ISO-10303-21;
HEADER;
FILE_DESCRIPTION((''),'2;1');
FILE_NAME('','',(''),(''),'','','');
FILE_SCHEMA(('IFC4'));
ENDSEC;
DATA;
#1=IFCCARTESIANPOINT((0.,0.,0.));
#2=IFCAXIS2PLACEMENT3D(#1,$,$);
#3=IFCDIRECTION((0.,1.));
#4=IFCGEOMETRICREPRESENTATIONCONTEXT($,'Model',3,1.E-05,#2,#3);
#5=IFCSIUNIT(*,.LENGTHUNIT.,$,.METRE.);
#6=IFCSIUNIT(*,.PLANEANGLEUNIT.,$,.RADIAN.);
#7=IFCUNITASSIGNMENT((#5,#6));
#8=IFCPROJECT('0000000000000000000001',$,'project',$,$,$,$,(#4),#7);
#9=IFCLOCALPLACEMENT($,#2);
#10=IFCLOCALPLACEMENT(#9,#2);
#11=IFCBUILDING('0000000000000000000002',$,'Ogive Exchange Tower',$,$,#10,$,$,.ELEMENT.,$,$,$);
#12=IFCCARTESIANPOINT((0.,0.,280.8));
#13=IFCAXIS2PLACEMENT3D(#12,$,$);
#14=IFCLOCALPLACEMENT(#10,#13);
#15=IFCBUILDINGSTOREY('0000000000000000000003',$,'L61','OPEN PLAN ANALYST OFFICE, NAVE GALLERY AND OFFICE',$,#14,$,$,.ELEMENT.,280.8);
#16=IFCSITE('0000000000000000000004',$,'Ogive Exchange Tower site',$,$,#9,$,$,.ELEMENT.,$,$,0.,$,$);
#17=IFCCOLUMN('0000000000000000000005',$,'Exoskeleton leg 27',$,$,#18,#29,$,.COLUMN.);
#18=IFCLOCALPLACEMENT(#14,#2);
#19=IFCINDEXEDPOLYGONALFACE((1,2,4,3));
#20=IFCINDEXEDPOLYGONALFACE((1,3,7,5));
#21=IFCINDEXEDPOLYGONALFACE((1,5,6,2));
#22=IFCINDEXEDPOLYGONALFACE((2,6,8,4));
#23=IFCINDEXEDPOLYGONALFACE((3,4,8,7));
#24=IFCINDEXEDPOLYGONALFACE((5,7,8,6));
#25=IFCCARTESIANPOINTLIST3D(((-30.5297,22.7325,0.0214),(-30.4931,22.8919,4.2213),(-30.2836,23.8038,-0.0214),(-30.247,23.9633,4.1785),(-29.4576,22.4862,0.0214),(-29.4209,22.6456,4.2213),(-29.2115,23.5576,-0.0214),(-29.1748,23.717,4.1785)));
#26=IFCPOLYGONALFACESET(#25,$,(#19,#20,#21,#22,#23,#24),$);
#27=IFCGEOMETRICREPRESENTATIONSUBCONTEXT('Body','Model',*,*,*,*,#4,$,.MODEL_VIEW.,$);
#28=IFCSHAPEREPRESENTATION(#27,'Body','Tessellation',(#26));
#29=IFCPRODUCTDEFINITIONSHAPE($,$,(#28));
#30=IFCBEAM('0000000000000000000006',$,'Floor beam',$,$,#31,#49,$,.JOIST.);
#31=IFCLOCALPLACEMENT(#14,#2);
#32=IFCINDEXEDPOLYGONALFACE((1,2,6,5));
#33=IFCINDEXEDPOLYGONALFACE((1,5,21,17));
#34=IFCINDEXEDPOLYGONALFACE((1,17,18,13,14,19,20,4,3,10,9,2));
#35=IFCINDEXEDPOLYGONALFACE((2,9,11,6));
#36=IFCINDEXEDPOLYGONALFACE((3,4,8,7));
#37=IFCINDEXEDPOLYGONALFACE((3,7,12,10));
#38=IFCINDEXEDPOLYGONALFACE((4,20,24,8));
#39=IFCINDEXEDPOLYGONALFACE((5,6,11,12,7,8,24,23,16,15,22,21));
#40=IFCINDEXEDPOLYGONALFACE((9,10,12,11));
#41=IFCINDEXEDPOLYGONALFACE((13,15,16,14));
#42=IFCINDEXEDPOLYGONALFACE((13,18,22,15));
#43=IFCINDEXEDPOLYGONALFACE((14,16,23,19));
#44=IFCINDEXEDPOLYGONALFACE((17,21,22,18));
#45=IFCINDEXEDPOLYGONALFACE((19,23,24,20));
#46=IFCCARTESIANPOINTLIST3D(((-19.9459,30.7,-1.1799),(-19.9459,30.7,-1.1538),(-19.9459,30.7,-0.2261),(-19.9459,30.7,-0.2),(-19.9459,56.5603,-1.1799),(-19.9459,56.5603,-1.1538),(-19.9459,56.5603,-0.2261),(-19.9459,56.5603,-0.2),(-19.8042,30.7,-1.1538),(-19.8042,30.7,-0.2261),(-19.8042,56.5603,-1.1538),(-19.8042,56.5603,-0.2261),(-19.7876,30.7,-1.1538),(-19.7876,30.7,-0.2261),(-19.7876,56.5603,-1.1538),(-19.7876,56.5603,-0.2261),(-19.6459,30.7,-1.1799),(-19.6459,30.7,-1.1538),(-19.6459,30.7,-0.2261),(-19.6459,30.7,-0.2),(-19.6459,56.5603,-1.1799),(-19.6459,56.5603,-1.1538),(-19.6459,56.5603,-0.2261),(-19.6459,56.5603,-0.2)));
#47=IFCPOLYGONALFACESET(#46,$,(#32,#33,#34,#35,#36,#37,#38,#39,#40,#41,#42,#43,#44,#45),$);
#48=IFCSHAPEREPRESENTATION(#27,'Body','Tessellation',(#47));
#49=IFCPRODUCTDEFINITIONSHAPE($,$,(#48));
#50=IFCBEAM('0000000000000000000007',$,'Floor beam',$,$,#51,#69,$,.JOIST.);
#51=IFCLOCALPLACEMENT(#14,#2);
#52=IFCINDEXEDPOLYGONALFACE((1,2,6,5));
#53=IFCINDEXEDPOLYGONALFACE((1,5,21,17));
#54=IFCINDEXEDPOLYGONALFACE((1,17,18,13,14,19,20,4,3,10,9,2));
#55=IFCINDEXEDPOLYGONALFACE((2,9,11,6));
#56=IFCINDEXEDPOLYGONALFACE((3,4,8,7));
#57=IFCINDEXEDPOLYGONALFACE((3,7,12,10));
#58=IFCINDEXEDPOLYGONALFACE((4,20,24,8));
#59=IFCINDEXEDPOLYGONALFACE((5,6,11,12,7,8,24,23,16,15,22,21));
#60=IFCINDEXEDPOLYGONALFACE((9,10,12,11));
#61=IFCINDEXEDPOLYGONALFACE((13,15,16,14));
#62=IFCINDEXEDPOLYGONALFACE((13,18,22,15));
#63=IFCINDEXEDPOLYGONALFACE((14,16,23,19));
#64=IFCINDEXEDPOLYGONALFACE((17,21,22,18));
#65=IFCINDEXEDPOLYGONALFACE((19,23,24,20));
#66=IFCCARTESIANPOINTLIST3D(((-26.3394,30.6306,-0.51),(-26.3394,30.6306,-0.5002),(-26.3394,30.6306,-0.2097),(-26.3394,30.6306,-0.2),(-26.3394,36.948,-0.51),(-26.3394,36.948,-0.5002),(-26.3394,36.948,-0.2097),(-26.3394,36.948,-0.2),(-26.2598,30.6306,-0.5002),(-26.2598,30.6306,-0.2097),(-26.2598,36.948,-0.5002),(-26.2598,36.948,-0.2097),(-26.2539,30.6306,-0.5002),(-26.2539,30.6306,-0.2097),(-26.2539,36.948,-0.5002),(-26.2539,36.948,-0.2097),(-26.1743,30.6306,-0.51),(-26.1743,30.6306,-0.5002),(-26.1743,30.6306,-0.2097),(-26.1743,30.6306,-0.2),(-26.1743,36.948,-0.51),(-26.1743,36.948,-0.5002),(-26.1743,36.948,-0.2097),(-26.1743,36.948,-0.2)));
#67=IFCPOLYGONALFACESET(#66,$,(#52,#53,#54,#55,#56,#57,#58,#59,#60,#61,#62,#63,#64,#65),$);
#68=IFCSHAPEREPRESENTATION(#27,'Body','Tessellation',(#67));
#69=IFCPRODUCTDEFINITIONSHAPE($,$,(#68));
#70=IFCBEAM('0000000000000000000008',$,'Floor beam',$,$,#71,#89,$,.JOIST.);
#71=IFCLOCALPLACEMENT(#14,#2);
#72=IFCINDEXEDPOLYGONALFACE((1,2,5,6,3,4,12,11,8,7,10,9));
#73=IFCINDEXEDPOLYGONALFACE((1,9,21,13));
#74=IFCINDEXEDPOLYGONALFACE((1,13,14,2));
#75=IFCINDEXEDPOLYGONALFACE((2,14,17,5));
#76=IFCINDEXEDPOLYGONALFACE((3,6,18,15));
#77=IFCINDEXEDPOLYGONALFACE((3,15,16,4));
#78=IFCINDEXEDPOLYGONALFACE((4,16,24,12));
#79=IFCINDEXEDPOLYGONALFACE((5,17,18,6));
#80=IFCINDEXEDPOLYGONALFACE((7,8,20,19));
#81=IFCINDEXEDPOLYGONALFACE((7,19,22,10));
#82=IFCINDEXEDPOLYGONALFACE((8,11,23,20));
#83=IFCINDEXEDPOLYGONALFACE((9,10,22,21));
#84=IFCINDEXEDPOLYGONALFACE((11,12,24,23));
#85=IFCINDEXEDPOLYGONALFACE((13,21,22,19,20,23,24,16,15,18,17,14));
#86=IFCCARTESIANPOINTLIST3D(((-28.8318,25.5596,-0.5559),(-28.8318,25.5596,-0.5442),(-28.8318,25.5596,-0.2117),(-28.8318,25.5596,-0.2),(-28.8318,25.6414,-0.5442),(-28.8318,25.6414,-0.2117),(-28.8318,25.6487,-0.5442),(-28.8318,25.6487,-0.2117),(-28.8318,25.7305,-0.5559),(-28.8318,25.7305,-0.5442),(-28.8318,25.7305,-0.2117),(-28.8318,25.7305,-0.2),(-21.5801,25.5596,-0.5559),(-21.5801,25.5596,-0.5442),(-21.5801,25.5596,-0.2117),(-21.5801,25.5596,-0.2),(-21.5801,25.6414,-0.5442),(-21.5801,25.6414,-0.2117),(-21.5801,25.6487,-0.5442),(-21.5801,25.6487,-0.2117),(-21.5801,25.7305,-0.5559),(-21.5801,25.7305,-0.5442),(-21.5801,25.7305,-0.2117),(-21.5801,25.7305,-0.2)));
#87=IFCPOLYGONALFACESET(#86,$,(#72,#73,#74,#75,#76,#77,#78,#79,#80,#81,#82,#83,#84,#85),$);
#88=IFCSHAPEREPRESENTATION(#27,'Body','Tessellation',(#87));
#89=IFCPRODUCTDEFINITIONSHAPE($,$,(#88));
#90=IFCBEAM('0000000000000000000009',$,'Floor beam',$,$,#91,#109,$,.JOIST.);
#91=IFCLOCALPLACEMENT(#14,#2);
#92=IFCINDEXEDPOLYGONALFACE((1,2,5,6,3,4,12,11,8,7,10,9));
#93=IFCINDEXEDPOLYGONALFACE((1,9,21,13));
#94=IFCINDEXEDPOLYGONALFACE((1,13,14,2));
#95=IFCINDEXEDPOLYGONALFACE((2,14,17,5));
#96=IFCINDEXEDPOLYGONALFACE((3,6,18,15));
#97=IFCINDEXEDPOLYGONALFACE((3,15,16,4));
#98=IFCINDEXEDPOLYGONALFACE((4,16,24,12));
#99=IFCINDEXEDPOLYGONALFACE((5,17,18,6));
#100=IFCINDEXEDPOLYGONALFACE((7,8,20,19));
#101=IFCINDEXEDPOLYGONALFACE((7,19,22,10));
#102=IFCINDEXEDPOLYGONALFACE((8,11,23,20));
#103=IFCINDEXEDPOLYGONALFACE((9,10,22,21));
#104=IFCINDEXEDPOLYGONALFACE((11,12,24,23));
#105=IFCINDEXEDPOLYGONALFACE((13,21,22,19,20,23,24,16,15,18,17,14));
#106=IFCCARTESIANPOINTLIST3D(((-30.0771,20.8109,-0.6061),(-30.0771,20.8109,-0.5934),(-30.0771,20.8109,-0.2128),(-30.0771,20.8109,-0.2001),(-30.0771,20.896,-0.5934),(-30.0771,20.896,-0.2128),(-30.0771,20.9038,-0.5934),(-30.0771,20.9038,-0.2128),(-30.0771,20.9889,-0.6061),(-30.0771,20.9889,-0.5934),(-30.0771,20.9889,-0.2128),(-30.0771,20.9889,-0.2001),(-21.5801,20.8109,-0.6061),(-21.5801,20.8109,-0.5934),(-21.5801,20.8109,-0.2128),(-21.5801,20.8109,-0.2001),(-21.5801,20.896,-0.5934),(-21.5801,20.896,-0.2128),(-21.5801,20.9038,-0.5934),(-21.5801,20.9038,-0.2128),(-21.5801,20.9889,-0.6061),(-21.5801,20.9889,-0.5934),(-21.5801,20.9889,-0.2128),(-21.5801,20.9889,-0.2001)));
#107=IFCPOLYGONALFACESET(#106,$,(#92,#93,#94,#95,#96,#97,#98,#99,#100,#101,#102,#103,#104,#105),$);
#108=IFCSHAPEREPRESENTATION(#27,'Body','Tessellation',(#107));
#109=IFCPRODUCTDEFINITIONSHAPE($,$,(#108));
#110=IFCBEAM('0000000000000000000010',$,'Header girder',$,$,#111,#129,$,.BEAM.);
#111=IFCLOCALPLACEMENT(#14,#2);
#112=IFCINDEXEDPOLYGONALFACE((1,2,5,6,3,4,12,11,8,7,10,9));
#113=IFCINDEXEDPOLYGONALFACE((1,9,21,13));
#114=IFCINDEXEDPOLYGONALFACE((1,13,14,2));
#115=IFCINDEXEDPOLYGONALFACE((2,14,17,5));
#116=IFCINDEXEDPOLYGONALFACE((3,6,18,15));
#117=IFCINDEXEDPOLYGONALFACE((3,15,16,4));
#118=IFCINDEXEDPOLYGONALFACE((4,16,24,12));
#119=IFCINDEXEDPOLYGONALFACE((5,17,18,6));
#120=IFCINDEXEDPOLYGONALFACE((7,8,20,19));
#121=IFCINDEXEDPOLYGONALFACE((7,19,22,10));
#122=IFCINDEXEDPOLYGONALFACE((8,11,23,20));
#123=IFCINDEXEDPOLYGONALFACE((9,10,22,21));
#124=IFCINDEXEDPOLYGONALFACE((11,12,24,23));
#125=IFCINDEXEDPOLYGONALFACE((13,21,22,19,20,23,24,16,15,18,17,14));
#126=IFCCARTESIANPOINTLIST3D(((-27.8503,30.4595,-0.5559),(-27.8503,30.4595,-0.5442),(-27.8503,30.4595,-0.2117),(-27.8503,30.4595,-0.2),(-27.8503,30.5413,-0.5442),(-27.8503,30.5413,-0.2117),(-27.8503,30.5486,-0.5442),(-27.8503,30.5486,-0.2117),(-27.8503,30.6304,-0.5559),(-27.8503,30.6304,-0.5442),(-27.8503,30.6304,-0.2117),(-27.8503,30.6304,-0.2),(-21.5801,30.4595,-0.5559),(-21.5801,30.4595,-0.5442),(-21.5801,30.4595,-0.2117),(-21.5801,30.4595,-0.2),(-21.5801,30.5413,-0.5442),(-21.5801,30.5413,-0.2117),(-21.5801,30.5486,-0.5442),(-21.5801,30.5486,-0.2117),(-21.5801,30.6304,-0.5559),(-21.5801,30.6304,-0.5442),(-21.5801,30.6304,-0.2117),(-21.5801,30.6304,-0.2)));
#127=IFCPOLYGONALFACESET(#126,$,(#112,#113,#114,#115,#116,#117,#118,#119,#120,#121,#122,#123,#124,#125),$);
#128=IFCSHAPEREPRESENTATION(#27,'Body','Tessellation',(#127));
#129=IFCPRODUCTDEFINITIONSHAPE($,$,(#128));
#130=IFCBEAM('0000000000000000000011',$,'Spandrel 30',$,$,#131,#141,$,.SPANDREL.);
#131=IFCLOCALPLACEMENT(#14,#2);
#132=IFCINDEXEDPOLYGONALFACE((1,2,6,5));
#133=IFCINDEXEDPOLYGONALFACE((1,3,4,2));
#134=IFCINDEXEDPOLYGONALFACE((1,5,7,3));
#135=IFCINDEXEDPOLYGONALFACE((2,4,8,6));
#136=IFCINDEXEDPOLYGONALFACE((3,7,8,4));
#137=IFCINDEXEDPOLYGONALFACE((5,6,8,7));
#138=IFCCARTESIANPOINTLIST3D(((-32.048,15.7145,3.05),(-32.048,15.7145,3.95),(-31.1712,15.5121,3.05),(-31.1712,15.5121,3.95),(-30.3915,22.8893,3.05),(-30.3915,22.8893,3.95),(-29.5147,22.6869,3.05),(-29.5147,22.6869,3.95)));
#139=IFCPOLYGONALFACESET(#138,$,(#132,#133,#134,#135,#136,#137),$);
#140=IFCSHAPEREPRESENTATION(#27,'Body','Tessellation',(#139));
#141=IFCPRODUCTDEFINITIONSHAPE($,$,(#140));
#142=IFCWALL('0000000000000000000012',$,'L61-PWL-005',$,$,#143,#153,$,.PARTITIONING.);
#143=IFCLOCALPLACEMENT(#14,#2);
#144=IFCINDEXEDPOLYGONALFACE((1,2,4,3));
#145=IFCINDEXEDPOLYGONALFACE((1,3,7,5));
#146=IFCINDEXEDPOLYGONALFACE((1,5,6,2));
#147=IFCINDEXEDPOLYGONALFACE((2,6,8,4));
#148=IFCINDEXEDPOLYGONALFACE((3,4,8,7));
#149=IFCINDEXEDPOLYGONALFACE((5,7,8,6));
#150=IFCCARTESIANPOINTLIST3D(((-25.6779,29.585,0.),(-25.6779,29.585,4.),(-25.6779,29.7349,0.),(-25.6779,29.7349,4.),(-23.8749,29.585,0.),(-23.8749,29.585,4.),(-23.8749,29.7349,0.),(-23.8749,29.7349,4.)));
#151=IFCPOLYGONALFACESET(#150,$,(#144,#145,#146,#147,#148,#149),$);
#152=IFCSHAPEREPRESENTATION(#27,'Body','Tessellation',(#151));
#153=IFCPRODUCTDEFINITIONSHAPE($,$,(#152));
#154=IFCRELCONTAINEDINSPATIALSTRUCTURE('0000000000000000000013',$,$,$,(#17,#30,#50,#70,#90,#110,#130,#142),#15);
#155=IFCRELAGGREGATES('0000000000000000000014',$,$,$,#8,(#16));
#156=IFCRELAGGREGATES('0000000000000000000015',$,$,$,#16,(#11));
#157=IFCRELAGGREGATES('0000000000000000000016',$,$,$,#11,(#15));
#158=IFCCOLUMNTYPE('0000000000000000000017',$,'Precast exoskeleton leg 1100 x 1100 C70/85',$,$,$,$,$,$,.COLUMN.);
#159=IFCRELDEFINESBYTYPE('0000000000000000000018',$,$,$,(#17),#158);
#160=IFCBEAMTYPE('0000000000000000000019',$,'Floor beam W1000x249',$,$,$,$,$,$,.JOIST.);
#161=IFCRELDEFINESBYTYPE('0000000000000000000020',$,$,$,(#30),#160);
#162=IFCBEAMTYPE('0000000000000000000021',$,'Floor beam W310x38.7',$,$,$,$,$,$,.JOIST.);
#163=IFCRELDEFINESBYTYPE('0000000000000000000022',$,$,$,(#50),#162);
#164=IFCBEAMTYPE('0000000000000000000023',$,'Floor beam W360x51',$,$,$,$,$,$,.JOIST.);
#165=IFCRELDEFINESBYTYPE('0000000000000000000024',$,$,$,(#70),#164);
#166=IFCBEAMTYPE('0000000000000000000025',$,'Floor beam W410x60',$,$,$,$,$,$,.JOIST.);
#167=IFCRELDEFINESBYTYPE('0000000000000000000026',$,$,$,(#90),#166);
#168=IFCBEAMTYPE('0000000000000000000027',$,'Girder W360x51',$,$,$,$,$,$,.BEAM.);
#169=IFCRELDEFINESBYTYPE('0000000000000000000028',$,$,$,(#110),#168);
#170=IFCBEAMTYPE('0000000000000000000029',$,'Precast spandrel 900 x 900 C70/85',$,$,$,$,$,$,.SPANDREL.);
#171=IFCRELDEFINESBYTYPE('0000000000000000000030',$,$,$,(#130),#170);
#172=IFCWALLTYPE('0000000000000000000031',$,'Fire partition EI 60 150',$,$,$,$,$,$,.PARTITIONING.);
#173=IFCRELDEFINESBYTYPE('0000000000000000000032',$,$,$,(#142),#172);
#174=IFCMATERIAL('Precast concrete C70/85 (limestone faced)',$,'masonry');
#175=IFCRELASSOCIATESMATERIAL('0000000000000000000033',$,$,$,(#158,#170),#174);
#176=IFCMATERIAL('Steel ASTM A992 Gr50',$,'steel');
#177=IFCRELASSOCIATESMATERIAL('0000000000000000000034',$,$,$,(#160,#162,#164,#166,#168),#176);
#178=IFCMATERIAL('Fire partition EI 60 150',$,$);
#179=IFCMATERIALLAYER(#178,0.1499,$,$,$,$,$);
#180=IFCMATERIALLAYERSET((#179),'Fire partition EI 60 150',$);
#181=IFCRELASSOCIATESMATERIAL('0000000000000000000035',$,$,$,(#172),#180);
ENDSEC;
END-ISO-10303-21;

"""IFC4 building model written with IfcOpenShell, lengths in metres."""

from ifc_helpers import new_model, si_unit, direction, frame, frame_2d, origin, origin_2d, place, context, subcontext, project, spatial, rectangle, i_section, extrude, material, layer, layer_set, material_profile, profile_set, type_object, element, save


model = new_model("IFC4")

# Units and contexts
model_context = context("Model", 3, precision=1e-05, world=origin(), true_north=direction((0.0, 1.0)))
body_context = subcontext(model_context, "Body", "Model", "MODEL_VIEW")
ifc_project = project(units=[si_unit("LENGTHUNIT", "METRE"), si_unit("PLANEANGLEUNIT", "RADIAN")], contexts=[model_context])

# Site, building, storey
site_placement = place(None, origin())
site = spatial("IfcSite", under=ifc_project, at=site_placement, Name="Ogive Exchange Tower site", CompositionType="ELEMENT", RefElevation=0.0)
building_placement = place(site_placement, origin())
building = spatial("IfcBuilding", under=site, at=building_placement, Name="Ogive Exchange Tower", CompositionType="ELEMENT")
storey_placement = place(building_placement, frame((0.0, 0.0, 280.8)))
storey = spatial("IfcBuildingStorey", under=building, at=storey_placement, Name="L61", Description="OPEN PLAN ANALYST OFFICE, NAVE GALLERY AND OFFICE", CompositionType="ELEMENT", Elevation=280.8)

# Column
ifc_material_1 = material(Name="Precast concrete C70/85 (limestone faced)", Category="masonry")
ifc_material_profile_1 = material_profile(ifc_material_1, rectangle(XDim=1.1001, YDim=1.1001, at=origin_2d()), Name="1100 x 1100")
ifc_profile_set_1 = profile_set([ifc_material_profile_1], Name="Precast concrete C70/85 (limestone faced)")
column_type = type_object("IfcColumnType", Name="Precast exoskeleton leg 1100 x 1100 C70/85", PredefinedType="COLUMN", material=ifc_profile_set_1)
column_placement = place(storey_placement, frame((-29.8706, 23.145, 0.0), z_axis=(0.008713, 0.03793, 0.999242), x_axis=(-0.974617, 0.223878, 0.0)))
element("IfcColumn", 1, at=column_placement, inside=storey, type_object=column_type, Name="Exoskeleton leg 27", PredefinedType="COLUMN", context=body_context, shape_type="SweptSolid", body=[
    extrude(rectangle(XDim=1.1001, YDim=1.1001, at=origin_2d()), origin(), (0.0, 0.0, 1.0), 4.2031),
])

# Beams
ifc_material_2 = material(Name="Steel ASTM A992 Gr50", Category="steel")
ifc_material_profile_2 = material_profile(ifc_material_2, i_section(OverallWidth=0.3, OverallDepth=0.98, WebThickness=0.0166, FlangeThickness=0.0261, at=origin_2d()), Name="W1000x249")
ifc_profile_set_2 = profile_set([ifc_material_profile_2], Name="Steel ASTM A992 Gr50")
beam_type_1 = type_object("IfcBeamType", Name="Floor beam W1000x249", PredefinedType="JOIST", material=ifc_profile_set_2)
beam_1_placement = place(storey_placement, frame((-19.7959, 30.7, -0.6899), z_axis=(0.0, 1.0, 0.0), x_axis=(-1.0, 0.0, 0.0)))
element("IfcBeam", 2, at=beam_1_placement, inside=storey, type_object=beam_type_1, Name="Floor beam", PredefinedType="JOIST", context=body_context, shape_type="SweptSolid", body=[
    extrude(i_section(OverallWidth=0.3, OverallDepth=0.98, WebThickness=0.0166, FlangeThickness=0.0261, at=origin_2d()), origin(), (0.0, 0.0, 1.0), 25.8604),
])
ifc_material_profile_3 = material_profile(ifc_material_2, i_section(OverallWidth=0.165, OverallDepth=0.3101, WebThickness=0.0059, FlangeThickness=0.0098, at=origin_2d()), Name="W310x38.7")
ifc_profile_set_3 = profile_set([ifc_material_profile_3], Name="Steel ASTM A992 Gr50")
beam_type_2 = type_object("IfcBeamType", Name="Floor beam W310x38.7", PredefinedType="JOIST", material=ifc_profile_set_3)
beam_2_placement = place(storey_placement, frame((-26.2568, 30.6306, -0.355), z_axis=(0.0, 1.0, 0.0), x_axis=(-1.0, 0.0, 0.0)))
element("IfcBeam", 3, at=beam_2_placement, inside=storey, type_object=beam_type_2, Name="Floor beam", PredefinedType="JOIST", context=body_context, shape_type="SweptSolid", body=[
    extrude(i_section(OverallWidth=0.165, OverallDepth=0.3101, WebThickness=0.0059, FlangeThickness=0.0098, at=origin_2d()), origin(), (0.0, 0.0, 1.0), 6.3174),
])
ifc_material_profile_4 = material_profile(ifc_material_2, i_section(OverallWidth=0.1709, OverallDepth=0.356, WebThickness=0.0073, FlangeThickness=0.0117, at=origin_2d()), Name="W360x51")
ifc_profile_set_4 = profile_set([ifc_material_profile_4], Name="Steel ASTM A992 Gr50")
beam_type_3 = type_object("IfcBeamType", Name="Floor beam W360x51", PredefinedType="JOIST", material=ifc_profile_set_4)
beam_3_placement = place(storey_placement, frame((-28.8318, 25.645, -0.3779), z_axis=(1.0, 0.0, 0.0), x_axis=(0.0, 1.0, 0.0)))
element("IfcBeam", 4, at=beam_3_placement, inside=storey, type_object=beam_type_3, Name="Floor beam", PredefinedType="JOIST", context=body_context, shape_type="SweptSolid", body=[
    extrude(i_section(OverallWidth=0.1709, OverallDepth=0.356, WebThickness=0.0073, FlangeThickness=0.0117, at=origin_2d()), origin(), (0.0, 0.0, 1.0), 7.2517),
])
ifc_material_profile_5 = material_profile(ifc_material_2, i_section(OverallWidth=0.178, OverallDepth=0.406, WebThickness=0.0078, FlangeThickness=0.0127, at=origin_2d()), Name="W410x60")
ifc_profile_set_5 = profile_set([ifc_material_profile_5], Name="Steel ASTM A992 Gr50")
beam_type_4 = type_object("IfcBeamType", Name="Floor beam W410x60", PredefinedType="JOIST", material=ifc_profile_set_5)
beam_4_placement = place(storey_placement, frame((-30.0771, 20.8999, -0.4031), z_axis=(1.0, 0.0, 0.0), x_axis=(0.0, 1.0, 0.0)))
element("IfcBeam", 5, at=beam_4_placement, inside=storey, type_object=beam_type_4, Name="Floor beam", PredefinedType="JOIST", context=body_context, shape_type="SweptSolid", body=[
    extrude(i_section(OverallWidth=0.178, OverallDepth=0.406, WebThickness=0.0078, FlangeThickness=0.0127, at=origin_2d()), origin(), (0.0, 0.0, 1.0), 8.4971),
])
ifc_material_profile_6 = material_profile(ifc_material_2, i_section(OverallWidth=0.1709, OverallDepth=0.356, WebThickness=0.0073, FlangeThickness=0.0117, at=origin_2d()), Name="W360x51")
ifc_profile_set_6 = profile_set([ifc_material_profile_6], Name="Steel ASTM A992 Gr50")
beam_type_5 = type_object("IfcBeamType", Name="Girder W360x51", PredefinedType="BEAM", material=ifc_profile_set_6)
beam_5_placement = place(storey_placement, frame((-27.8503, 30.5449, -0.3779), z_axis=(1.0, 0.0, 0.0), x_axis=(0.0, 1.0, 0.0)))
element("IfcBeam", 6, at=beam_5_placement, inside=storey, type_object=beam_type_5, Name="Header girder", PredefinedType="BEAM", context=body_context, shape_type="SweptSolid", body=[
    extrude(i_section(OverallWidth=0.1709, OverallDepth=0.356, WebThickness=0.0073, FlangeThickness=0.0117, at=origin_2d()), origin(), (0.0, 0.0, 1.0), 6.2703),
])
ifc_material_profile_7 = material_profile(ifc_material_1, rectangle(XDim=0.8999, YDim=0.8999, at=origin_2d()), Name="900 x 900")
ifc_profile_set_7 = profile_set([ifc_material_profile_7], Name="Precast concrete C70/85 (limestone faced)")
beam_type_6 = type_object("IfcBeamType", Name="Precast spandrel 900 x 900 C70/85", PredefinedType="SPANDREL", material=ifc_profile_set_7)
beam_6_placement = place(storey_placement, frame((-29.9531, 22.7881, 3.5), z_axis=(-0.224959, -0.974368, 0.0), x_axis=(0.974368, -0.224959, 0.0)))
element("IfcBeam", 7, at=beam_6_placement, inside=storey, type_object=beam_type_6, Name="Spandrel 30", PredefinedType="SPANDREL", context=body_context, shape_type="SweptSolid", body=[
    extrude(rectangle(XDim=0.8999, YDim=0.8999, at=origin_2d()), origin(), (0.0, 0.0, 1.0), 7.3635),
])

# Wall
ifc_material_3 = material(Name="Fire partition EI 60 150")
ifc_layer_1 = layer(ifc_material_3, 0.1499)
ifc_layer_set_1 = layer_set([ifc_layer_1], Name="Fire partition EI 60 150")
wall_type_1 = type_object("IfcWallType", Name="Fire partition EI 60 150", PredefinedType="PARTITIONING", material=ifc_layer_set_1)
wall_1_placement = place(storey_placement, frame((-23.875, 29.6599, 0.0), z_axis=(0.0, 0.0, 1.0), x_axis=(-1.0, 0.0, 0.0)))
element("IfcWall", 8, at=wall_1_placement, inside=storey, type_object=wall_type_1, Name="L61-PWL-005", PredefinedType="PARTITIONING", context=body_context, shape_type="SweptSolid", body=[
    extrude(rectangle(XDim=1.803, YDim=0.1499, at=frame_2d((0.9014, 0.0))), origin(), (0.0, 0.0, 1.0), 4.0),
])

save(model, "model.ifc")
